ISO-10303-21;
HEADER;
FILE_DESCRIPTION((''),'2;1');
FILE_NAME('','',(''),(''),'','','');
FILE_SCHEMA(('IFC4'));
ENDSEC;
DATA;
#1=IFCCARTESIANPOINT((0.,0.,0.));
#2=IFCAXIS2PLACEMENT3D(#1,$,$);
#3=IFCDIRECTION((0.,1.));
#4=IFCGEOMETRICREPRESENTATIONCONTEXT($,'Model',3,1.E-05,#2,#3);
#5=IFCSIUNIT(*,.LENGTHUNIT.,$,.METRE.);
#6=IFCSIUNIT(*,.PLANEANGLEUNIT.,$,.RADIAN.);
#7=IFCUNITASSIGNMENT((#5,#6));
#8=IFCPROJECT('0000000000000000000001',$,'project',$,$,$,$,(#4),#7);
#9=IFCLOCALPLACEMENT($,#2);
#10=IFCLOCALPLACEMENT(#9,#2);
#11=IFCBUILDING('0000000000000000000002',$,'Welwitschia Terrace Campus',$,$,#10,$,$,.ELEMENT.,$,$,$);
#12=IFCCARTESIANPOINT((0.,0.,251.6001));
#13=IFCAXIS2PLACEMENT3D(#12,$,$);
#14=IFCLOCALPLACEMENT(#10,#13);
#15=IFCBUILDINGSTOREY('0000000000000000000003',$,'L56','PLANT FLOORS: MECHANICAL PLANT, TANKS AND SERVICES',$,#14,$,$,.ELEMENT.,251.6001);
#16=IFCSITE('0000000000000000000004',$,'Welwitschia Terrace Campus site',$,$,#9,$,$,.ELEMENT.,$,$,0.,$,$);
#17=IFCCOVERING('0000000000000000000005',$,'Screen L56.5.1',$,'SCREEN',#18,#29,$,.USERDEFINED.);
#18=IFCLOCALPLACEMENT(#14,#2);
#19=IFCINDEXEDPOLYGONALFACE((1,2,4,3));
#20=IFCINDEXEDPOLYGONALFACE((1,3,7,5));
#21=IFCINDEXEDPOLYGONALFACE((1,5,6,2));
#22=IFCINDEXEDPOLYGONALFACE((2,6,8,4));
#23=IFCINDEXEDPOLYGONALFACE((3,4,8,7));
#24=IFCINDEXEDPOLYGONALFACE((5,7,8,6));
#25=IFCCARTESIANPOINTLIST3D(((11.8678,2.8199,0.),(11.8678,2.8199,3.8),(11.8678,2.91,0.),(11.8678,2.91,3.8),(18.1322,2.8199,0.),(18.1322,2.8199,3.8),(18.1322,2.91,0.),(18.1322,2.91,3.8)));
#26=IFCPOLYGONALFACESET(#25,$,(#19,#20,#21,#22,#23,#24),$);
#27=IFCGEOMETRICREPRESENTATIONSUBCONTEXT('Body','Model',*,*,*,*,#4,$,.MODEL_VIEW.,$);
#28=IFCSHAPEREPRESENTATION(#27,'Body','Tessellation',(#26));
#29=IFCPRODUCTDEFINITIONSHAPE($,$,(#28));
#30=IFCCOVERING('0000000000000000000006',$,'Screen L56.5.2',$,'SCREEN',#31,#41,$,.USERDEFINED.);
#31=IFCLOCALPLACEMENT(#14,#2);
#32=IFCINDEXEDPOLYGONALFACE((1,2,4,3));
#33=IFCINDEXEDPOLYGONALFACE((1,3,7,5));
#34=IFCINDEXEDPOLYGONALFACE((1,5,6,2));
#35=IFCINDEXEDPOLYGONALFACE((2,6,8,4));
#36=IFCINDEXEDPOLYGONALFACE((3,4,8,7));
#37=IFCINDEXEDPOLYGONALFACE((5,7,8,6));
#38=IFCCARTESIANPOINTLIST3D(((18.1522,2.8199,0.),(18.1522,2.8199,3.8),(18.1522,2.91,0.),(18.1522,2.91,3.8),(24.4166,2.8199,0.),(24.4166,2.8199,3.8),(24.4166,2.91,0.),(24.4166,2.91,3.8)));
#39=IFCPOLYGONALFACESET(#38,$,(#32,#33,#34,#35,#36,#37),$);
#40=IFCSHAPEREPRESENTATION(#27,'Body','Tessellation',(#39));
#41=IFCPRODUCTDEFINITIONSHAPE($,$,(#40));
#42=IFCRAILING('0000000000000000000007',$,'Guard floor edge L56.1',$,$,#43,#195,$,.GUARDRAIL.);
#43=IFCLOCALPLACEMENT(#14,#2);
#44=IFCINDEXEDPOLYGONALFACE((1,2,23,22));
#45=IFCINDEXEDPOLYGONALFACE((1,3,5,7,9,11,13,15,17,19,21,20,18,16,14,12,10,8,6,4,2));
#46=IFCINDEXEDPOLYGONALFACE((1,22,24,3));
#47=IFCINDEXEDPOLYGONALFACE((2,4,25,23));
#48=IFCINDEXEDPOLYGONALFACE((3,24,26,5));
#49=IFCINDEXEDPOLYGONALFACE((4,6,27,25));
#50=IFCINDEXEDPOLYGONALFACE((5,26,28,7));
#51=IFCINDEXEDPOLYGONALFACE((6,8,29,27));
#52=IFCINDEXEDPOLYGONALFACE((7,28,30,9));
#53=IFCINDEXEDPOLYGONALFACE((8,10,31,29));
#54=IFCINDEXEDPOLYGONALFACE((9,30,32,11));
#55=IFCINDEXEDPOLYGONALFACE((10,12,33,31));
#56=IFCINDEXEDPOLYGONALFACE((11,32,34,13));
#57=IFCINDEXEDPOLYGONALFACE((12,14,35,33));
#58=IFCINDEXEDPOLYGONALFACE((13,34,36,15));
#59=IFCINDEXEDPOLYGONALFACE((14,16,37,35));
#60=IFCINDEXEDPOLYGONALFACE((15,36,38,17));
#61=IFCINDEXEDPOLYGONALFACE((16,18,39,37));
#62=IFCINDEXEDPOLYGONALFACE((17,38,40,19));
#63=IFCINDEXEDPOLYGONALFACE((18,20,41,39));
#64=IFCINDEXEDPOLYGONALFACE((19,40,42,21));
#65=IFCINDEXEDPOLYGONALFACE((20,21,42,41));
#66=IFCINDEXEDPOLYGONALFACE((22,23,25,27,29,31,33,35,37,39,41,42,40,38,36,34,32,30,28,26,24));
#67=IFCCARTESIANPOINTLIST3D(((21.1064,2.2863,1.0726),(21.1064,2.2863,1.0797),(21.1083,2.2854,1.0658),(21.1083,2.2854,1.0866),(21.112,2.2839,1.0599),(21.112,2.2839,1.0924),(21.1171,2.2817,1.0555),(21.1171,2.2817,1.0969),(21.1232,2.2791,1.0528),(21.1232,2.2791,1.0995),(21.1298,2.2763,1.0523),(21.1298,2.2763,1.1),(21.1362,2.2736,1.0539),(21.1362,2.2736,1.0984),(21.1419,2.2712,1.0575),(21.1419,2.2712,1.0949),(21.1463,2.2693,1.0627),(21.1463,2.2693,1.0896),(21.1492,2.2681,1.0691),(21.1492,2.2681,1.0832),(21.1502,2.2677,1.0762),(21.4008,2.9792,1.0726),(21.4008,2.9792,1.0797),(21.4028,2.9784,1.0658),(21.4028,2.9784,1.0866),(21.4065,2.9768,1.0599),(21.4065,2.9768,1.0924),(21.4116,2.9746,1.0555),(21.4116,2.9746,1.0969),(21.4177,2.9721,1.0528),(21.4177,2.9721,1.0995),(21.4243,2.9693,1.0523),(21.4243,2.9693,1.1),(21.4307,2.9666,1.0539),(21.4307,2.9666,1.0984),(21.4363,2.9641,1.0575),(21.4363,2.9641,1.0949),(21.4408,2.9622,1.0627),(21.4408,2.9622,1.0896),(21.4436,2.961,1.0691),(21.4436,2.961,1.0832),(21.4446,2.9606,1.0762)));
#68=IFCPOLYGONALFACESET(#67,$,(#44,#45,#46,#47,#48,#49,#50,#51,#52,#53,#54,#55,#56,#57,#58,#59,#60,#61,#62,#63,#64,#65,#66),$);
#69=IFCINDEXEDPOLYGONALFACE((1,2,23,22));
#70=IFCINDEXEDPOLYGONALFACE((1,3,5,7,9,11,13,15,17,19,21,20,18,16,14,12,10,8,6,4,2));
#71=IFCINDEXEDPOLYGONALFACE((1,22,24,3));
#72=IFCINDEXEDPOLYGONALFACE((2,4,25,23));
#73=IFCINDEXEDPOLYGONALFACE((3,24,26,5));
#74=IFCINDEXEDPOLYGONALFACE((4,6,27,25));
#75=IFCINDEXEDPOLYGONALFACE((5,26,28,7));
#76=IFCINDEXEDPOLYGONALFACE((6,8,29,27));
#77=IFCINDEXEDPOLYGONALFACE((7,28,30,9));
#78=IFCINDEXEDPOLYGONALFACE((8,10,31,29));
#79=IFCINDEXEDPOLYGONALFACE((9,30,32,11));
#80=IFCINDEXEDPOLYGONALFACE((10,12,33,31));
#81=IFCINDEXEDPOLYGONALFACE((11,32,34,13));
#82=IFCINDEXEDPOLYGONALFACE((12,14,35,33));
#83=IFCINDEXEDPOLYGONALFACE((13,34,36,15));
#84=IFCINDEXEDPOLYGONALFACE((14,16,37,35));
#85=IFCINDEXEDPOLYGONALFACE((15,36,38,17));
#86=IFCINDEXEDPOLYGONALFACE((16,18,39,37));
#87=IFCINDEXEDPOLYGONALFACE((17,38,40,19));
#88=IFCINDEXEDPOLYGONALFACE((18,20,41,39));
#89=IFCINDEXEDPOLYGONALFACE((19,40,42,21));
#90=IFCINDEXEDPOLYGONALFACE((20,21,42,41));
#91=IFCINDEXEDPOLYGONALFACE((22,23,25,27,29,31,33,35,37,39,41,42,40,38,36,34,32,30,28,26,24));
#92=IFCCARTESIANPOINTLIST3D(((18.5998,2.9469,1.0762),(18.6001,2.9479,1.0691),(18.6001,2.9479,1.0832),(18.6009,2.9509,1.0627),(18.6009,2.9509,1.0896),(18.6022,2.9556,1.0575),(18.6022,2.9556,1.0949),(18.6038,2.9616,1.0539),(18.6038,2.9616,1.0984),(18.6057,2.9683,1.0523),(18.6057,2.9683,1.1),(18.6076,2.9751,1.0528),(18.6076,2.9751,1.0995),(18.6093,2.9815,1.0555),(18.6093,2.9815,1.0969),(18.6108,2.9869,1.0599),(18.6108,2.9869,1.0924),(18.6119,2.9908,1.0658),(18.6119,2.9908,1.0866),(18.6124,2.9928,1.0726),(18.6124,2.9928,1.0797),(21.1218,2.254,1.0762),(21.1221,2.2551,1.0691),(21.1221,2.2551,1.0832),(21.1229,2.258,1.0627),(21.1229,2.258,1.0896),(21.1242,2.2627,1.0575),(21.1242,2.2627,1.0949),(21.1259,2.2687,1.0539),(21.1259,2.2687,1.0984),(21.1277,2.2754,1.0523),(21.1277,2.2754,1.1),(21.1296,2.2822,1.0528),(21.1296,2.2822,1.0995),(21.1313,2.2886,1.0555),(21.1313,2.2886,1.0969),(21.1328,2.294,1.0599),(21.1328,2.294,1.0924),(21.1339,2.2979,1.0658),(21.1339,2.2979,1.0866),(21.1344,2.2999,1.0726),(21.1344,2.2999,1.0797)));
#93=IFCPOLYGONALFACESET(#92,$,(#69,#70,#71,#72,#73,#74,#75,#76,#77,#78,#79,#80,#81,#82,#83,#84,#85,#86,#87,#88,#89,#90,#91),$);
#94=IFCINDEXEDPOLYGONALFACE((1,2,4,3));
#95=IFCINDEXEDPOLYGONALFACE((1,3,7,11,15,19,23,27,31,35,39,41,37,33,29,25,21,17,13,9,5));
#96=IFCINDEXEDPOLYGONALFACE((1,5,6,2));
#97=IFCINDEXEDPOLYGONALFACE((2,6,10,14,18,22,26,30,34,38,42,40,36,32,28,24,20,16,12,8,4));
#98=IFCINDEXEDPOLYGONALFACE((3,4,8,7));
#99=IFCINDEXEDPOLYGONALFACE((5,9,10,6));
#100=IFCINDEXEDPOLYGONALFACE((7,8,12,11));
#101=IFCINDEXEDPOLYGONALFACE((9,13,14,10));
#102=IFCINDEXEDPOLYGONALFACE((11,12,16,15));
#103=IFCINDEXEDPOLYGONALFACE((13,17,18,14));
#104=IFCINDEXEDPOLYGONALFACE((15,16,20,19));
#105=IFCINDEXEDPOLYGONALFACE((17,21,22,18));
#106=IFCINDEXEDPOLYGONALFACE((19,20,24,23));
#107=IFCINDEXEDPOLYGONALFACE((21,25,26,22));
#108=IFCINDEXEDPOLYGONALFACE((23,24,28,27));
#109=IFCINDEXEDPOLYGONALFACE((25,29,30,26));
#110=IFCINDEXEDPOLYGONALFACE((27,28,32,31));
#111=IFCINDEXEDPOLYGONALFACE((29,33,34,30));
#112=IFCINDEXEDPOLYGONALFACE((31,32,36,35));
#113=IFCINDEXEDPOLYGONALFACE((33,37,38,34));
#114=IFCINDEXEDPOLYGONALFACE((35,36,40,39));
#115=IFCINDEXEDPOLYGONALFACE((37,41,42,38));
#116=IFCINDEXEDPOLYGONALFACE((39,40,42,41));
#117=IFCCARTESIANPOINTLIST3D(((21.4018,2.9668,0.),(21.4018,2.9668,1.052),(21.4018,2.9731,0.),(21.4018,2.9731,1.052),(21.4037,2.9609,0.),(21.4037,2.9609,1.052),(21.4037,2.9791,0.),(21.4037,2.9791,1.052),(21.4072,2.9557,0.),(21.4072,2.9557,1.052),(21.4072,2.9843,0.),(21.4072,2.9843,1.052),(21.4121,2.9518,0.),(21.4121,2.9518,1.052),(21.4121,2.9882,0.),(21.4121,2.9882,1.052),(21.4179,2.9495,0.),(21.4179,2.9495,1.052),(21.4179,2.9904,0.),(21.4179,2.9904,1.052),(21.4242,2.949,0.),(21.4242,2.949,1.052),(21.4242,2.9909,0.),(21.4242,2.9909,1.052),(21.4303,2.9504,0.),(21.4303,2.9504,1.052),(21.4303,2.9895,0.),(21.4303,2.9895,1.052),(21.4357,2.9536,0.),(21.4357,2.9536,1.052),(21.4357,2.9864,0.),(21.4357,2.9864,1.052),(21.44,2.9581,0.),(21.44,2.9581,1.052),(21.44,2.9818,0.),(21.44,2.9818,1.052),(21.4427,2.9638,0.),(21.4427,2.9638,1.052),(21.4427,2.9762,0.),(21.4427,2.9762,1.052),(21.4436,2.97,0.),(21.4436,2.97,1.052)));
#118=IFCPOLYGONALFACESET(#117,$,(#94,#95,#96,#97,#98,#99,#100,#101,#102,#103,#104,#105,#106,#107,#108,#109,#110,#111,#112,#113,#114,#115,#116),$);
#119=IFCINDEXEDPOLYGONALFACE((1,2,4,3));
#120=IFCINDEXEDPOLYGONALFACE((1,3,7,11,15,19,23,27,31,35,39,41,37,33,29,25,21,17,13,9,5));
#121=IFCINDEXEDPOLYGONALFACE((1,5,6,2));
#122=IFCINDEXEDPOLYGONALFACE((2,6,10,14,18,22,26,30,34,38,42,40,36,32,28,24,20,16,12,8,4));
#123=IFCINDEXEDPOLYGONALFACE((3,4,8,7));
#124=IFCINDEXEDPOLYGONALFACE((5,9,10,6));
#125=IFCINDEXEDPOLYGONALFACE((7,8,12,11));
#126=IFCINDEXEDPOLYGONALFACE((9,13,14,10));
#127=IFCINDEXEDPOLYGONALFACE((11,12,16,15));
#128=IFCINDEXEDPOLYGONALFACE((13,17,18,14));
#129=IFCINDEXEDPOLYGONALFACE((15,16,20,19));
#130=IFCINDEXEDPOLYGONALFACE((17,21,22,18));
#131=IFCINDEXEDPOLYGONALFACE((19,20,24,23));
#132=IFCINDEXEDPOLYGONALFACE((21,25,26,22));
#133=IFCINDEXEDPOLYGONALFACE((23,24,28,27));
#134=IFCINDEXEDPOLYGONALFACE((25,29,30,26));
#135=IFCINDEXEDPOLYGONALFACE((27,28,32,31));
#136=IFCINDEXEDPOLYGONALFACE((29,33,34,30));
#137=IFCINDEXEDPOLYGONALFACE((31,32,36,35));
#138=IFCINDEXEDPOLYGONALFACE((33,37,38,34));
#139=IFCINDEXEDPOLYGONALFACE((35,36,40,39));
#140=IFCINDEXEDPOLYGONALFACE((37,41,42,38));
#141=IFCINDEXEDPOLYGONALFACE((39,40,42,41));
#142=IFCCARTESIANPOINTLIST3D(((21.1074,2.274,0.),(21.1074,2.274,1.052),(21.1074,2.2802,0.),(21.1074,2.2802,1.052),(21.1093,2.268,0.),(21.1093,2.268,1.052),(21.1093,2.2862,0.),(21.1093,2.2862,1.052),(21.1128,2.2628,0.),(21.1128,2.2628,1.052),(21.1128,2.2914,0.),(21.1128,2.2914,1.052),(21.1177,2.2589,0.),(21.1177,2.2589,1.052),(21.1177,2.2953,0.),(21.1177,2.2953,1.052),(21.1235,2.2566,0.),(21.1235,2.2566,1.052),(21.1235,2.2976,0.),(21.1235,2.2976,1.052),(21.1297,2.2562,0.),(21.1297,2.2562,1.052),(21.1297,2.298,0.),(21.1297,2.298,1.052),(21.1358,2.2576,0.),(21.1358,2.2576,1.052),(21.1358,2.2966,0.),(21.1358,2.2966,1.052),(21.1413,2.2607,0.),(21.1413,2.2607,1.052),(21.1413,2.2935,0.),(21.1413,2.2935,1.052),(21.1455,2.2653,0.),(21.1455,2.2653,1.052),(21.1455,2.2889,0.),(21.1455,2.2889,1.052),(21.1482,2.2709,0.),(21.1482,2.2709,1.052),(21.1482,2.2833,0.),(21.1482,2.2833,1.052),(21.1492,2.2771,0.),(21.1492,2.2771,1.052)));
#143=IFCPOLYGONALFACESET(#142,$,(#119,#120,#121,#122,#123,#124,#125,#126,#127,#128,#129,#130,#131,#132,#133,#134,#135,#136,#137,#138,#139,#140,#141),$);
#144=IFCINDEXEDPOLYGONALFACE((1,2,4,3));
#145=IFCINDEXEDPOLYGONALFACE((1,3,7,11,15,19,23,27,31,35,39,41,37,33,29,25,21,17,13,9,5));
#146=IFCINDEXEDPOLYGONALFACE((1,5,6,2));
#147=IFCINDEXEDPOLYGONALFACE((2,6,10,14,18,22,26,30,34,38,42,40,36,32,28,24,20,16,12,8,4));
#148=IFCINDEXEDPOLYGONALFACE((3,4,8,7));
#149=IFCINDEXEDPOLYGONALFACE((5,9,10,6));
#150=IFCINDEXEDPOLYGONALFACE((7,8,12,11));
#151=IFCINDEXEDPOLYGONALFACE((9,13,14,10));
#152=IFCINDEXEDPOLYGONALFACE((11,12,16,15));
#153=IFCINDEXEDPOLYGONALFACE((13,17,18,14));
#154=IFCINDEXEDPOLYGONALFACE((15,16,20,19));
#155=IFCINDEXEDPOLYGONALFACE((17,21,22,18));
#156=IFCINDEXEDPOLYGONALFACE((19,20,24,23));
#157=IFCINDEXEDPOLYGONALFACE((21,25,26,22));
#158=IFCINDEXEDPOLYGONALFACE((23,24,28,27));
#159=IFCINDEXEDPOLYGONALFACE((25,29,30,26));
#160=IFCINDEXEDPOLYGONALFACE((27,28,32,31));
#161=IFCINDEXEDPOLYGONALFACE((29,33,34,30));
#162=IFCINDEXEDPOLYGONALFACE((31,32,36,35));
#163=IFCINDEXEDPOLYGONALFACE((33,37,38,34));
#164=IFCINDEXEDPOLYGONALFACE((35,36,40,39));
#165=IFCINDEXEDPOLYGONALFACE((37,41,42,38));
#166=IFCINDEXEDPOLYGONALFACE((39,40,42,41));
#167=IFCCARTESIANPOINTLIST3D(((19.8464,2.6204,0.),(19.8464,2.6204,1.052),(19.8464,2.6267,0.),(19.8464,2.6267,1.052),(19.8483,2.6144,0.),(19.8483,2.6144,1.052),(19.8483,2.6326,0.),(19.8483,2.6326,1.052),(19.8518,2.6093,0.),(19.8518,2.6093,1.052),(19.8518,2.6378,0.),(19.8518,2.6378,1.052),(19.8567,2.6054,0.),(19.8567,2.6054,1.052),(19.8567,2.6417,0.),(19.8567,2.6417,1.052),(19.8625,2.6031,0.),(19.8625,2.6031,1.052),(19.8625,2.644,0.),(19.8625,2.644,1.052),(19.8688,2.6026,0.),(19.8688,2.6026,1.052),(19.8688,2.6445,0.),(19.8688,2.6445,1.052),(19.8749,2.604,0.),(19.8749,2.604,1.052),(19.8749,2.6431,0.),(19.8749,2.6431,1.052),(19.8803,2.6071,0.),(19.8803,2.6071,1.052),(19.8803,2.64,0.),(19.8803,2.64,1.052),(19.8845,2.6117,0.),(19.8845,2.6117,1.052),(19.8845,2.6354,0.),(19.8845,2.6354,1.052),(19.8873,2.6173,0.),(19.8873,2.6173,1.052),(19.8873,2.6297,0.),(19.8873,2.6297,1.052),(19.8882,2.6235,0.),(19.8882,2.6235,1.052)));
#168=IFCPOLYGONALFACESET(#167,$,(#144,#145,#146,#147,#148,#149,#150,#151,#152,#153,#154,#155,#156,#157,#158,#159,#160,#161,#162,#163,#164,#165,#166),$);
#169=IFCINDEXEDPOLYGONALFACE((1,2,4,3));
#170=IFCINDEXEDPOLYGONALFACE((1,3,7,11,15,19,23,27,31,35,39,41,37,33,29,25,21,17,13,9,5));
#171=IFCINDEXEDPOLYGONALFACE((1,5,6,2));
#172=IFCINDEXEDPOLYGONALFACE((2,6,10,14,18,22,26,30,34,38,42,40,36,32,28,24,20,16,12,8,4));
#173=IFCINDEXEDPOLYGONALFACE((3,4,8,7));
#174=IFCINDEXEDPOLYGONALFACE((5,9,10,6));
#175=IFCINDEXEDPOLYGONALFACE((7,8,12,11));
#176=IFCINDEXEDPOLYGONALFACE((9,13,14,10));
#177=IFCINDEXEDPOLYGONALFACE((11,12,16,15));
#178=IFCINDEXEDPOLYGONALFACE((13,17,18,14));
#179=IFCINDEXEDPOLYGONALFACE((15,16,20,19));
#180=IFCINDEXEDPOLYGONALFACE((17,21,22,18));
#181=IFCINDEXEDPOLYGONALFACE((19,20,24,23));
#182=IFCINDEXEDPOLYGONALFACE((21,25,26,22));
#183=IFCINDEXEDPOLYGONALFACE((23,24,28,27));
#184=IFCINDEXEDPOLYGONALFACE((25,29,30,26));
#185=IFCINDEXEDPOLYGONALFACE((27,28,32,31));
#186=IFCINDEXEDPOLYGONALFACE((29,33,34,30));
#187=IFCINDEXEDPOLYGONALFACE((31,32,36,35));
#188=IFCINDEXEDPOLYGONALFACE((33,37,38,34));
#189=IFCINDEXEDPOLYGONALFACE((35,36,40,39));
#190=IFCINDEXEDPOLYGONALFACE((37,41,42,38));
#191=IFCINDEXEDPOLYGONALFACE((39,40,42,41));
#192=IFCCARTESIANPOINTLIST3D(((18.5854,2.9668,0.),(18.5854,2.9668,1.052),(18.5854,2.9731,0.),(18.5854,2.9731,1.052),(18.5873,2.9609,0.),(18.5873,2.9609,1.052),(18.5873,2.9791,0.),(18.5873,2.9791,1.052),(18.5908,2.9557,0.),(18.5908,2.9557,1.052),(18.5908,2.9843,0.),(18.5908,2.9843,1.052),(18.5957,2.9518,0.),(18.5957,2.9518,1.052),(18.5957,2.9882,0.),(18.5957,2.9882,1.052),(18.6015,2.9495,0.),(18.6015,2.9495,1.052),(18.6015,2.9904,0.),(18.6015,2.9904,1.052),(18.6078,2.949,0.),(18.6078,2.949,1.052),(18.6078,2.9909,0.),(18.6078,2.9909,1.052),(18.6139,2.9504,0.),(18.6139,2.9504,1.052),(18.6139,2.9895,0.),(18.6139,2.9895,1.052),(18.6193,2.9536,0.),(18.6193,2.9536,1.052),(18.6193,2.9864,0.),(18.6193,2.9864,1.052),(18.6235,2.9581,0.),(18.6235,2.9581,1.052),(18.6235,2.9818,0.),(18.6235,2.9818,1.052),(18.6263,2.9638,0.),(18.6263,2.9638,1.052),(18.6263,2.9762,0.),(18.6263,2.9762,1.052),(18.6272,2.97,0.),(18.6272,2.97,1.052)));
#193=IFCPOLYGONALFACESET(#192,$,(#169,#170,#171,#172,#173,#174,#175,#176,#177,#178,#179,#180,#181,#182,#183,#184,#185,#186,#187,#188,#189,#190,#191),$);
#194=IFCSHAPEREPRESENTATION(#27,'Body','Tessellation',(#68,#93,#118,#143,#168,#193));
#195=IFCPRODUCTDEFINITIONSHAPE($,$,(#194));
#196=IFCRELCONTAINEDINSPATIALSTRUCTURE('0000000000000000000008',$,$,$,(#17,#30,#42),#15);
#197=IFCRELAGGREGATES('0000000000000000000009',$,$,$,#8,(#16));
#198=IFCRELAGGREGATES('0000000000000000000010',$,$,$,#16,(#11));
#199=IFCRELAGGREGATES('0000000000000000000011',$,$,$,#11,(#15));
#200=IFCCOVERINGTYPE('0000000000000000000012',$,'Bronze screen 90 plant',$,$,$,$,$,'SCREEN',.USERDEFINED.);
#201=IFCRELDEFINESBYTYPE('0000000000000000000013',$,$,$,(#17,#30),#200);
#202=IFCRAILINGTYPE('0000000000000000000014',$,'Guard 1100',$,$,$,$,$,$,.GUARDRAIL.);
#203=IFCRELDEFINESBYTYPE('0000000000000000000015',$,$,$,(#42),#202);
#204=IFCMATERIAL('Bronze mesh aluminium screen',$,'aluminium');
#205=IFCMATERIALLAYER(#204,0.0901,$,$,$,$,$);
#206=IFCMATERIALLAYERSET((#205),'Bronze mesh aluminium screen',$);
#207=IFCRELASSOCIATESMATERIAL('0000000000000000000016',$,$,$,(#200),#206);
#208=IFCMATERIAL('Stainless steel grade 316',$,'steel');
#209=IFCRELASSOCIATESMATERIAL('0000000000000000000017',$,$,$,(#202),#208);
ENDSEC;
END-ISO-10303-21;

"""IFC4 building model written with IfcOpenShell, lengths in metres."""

from ifc_helpers import new_model, si_unit, direction, frame, origin, origin_2d, place, context, subcontext, project, spatial, rectangle, circle, extrude, material, layer, layer_set, type_object, element, save


model = new_model("IFC4")

# Units and contexts
model_context = context("Model", 3, precision=1e-05, world=origin(), true_north=direction((0.0, 1.0)))
body_context = subcontext(model_context, "Body", "Model", "MODEL_VIEW")
ifc_project = project(units=[si_unit("LENGTHUNIT", "METRE"), si_unit("PLANEANGLEUNIT", "RADIAN")], contexts=[model_context])

# Site, building, storey
site_placement = place(None, origin())
site = spatial("IfcSite", under=ifc_project, at=site_placement, Name="Welwitschia Terrace Campus site", CompositionType="ELEMENT", RefElevation=0.0)
building_placement = place(site_placement, origin())
building = spatial("IfcBuilding", under=site, at=building_placement, Name="Welwitschia Terrace Campus", CompositionType="ELEMENT")
storey_placement = place(building_placement, frame((0.0, 0.0, 251.6001)))
storey = spatial("IfcBuildingStorey", under=building, at=storey_placement, Name="L56", Description="PLANT FLOORS: MECHANICAL PLANT, TANKS AND SERVICES", CompositionType="ELEMENT", Elevation=251.6001)

# Coverings
ifc_material_1 = material(Name="Bronze mesh aluminium screen", Category="aluminium")
ifc_layer_1 = layer(ifc_material_1, 0.0901)
ifc_layer_set_1 = layer_set([ifc_layer_1], Name="Bronze mesh aluminium screen")
covering_type = type_object("IfcCoveringType", Name="Bronze screen 90 plant", ElementType="SCREEN", PredefinedType="USERDEFINED", material=ifc_layer_set_1)
for number, where, z_axis, x_axis, name in (
    (1, (15.0, 2.865, 0.0), (0.0, 0.0, 1.0), (1.0, 0.0, 0.0), "Screen L56.5.1"),
    (2, (21.2844, 2.865, 0.0), (0.0, 0.0, 1.0), (1.0, 0.0, 0.0), "Screen L56.5.2"),
):
    element("IfcCovering", number, at=place(storey_placement, frame(where, z_axis=z_axis, x_axis=x_axis)), inside=storey, type_object=covering_type, Name=name, ObjectType="SCREEN", PredefinedType="USERDEFINED", context=body_context, shape_type="SweptSolid", body=[
        extrude(rectangle(XDim=6.2644, YDim=0.0901, at=origin_2d()), origin(), (0.0, 0.0, 1.0), 3.8),
    ])

# Railing
ifc_material_2 = material(Name="Stainless steel grade 316", Category="steel")
railing_type_1 = type_object("IfcRailingType", Name="Guard 1100", PredefinedType="GUARDRAIL", material=ifc_material_2)
railing_1_placement = place(storey_placement, frame((21.4226, 2.97, 0.0)))
element("IfcRailing", 3, at=railing_1_placement, inside=storey, type_object=railing_type_1, Name="Guard floor edge L56.1", PredefinedType="GUARDRAIL", context=body_context, shape_type="SweptSolid", body=[
    extrude(circle(Radius=0.0239, at=origin_2d()), frame((0.0, 0.0, 1.0762), z_axis=(-0.391099, -0.920348, 0.0), x_axis=(0.920348, -0.391099, 0.0)), (0.0, 0.0, 1.0), 0.7529),
    extrude(circle(Radius=0.0239, at=origin_2d()), frame((-0.2944, -0.6929, 1.0762), z_axis=(-0.964271, 0.264918, 0.0), x_axis=(-0.264918, -0.964271, 0.0)), (0.0, 0.0, 1.0), 2.6155),
    extrude(circle(Radius=0.021, at=origin_2d()), origin(), (0.0, 0.0, 1.0), 1.052),
    extrude(circle(Radius=0.021, at=origin_2d()), frame((-0.2944, -0.6929, 0.0)), (0.0, 0.0, 1.0), 1.052),
    extrude(circle(Radius=0.021, at=origin_2d()), frame((-1.5554, -0.3464, 0.0)), (0.0, 0.0, 1.0), 1.052),
    extrude(circle(Radius=0.021, at=origin_2d()), frame((-2.8164, 0.0, 0.0)), (0.0, 0.0, 1.0), 1.052),
])

save(model, "model.ifc")
